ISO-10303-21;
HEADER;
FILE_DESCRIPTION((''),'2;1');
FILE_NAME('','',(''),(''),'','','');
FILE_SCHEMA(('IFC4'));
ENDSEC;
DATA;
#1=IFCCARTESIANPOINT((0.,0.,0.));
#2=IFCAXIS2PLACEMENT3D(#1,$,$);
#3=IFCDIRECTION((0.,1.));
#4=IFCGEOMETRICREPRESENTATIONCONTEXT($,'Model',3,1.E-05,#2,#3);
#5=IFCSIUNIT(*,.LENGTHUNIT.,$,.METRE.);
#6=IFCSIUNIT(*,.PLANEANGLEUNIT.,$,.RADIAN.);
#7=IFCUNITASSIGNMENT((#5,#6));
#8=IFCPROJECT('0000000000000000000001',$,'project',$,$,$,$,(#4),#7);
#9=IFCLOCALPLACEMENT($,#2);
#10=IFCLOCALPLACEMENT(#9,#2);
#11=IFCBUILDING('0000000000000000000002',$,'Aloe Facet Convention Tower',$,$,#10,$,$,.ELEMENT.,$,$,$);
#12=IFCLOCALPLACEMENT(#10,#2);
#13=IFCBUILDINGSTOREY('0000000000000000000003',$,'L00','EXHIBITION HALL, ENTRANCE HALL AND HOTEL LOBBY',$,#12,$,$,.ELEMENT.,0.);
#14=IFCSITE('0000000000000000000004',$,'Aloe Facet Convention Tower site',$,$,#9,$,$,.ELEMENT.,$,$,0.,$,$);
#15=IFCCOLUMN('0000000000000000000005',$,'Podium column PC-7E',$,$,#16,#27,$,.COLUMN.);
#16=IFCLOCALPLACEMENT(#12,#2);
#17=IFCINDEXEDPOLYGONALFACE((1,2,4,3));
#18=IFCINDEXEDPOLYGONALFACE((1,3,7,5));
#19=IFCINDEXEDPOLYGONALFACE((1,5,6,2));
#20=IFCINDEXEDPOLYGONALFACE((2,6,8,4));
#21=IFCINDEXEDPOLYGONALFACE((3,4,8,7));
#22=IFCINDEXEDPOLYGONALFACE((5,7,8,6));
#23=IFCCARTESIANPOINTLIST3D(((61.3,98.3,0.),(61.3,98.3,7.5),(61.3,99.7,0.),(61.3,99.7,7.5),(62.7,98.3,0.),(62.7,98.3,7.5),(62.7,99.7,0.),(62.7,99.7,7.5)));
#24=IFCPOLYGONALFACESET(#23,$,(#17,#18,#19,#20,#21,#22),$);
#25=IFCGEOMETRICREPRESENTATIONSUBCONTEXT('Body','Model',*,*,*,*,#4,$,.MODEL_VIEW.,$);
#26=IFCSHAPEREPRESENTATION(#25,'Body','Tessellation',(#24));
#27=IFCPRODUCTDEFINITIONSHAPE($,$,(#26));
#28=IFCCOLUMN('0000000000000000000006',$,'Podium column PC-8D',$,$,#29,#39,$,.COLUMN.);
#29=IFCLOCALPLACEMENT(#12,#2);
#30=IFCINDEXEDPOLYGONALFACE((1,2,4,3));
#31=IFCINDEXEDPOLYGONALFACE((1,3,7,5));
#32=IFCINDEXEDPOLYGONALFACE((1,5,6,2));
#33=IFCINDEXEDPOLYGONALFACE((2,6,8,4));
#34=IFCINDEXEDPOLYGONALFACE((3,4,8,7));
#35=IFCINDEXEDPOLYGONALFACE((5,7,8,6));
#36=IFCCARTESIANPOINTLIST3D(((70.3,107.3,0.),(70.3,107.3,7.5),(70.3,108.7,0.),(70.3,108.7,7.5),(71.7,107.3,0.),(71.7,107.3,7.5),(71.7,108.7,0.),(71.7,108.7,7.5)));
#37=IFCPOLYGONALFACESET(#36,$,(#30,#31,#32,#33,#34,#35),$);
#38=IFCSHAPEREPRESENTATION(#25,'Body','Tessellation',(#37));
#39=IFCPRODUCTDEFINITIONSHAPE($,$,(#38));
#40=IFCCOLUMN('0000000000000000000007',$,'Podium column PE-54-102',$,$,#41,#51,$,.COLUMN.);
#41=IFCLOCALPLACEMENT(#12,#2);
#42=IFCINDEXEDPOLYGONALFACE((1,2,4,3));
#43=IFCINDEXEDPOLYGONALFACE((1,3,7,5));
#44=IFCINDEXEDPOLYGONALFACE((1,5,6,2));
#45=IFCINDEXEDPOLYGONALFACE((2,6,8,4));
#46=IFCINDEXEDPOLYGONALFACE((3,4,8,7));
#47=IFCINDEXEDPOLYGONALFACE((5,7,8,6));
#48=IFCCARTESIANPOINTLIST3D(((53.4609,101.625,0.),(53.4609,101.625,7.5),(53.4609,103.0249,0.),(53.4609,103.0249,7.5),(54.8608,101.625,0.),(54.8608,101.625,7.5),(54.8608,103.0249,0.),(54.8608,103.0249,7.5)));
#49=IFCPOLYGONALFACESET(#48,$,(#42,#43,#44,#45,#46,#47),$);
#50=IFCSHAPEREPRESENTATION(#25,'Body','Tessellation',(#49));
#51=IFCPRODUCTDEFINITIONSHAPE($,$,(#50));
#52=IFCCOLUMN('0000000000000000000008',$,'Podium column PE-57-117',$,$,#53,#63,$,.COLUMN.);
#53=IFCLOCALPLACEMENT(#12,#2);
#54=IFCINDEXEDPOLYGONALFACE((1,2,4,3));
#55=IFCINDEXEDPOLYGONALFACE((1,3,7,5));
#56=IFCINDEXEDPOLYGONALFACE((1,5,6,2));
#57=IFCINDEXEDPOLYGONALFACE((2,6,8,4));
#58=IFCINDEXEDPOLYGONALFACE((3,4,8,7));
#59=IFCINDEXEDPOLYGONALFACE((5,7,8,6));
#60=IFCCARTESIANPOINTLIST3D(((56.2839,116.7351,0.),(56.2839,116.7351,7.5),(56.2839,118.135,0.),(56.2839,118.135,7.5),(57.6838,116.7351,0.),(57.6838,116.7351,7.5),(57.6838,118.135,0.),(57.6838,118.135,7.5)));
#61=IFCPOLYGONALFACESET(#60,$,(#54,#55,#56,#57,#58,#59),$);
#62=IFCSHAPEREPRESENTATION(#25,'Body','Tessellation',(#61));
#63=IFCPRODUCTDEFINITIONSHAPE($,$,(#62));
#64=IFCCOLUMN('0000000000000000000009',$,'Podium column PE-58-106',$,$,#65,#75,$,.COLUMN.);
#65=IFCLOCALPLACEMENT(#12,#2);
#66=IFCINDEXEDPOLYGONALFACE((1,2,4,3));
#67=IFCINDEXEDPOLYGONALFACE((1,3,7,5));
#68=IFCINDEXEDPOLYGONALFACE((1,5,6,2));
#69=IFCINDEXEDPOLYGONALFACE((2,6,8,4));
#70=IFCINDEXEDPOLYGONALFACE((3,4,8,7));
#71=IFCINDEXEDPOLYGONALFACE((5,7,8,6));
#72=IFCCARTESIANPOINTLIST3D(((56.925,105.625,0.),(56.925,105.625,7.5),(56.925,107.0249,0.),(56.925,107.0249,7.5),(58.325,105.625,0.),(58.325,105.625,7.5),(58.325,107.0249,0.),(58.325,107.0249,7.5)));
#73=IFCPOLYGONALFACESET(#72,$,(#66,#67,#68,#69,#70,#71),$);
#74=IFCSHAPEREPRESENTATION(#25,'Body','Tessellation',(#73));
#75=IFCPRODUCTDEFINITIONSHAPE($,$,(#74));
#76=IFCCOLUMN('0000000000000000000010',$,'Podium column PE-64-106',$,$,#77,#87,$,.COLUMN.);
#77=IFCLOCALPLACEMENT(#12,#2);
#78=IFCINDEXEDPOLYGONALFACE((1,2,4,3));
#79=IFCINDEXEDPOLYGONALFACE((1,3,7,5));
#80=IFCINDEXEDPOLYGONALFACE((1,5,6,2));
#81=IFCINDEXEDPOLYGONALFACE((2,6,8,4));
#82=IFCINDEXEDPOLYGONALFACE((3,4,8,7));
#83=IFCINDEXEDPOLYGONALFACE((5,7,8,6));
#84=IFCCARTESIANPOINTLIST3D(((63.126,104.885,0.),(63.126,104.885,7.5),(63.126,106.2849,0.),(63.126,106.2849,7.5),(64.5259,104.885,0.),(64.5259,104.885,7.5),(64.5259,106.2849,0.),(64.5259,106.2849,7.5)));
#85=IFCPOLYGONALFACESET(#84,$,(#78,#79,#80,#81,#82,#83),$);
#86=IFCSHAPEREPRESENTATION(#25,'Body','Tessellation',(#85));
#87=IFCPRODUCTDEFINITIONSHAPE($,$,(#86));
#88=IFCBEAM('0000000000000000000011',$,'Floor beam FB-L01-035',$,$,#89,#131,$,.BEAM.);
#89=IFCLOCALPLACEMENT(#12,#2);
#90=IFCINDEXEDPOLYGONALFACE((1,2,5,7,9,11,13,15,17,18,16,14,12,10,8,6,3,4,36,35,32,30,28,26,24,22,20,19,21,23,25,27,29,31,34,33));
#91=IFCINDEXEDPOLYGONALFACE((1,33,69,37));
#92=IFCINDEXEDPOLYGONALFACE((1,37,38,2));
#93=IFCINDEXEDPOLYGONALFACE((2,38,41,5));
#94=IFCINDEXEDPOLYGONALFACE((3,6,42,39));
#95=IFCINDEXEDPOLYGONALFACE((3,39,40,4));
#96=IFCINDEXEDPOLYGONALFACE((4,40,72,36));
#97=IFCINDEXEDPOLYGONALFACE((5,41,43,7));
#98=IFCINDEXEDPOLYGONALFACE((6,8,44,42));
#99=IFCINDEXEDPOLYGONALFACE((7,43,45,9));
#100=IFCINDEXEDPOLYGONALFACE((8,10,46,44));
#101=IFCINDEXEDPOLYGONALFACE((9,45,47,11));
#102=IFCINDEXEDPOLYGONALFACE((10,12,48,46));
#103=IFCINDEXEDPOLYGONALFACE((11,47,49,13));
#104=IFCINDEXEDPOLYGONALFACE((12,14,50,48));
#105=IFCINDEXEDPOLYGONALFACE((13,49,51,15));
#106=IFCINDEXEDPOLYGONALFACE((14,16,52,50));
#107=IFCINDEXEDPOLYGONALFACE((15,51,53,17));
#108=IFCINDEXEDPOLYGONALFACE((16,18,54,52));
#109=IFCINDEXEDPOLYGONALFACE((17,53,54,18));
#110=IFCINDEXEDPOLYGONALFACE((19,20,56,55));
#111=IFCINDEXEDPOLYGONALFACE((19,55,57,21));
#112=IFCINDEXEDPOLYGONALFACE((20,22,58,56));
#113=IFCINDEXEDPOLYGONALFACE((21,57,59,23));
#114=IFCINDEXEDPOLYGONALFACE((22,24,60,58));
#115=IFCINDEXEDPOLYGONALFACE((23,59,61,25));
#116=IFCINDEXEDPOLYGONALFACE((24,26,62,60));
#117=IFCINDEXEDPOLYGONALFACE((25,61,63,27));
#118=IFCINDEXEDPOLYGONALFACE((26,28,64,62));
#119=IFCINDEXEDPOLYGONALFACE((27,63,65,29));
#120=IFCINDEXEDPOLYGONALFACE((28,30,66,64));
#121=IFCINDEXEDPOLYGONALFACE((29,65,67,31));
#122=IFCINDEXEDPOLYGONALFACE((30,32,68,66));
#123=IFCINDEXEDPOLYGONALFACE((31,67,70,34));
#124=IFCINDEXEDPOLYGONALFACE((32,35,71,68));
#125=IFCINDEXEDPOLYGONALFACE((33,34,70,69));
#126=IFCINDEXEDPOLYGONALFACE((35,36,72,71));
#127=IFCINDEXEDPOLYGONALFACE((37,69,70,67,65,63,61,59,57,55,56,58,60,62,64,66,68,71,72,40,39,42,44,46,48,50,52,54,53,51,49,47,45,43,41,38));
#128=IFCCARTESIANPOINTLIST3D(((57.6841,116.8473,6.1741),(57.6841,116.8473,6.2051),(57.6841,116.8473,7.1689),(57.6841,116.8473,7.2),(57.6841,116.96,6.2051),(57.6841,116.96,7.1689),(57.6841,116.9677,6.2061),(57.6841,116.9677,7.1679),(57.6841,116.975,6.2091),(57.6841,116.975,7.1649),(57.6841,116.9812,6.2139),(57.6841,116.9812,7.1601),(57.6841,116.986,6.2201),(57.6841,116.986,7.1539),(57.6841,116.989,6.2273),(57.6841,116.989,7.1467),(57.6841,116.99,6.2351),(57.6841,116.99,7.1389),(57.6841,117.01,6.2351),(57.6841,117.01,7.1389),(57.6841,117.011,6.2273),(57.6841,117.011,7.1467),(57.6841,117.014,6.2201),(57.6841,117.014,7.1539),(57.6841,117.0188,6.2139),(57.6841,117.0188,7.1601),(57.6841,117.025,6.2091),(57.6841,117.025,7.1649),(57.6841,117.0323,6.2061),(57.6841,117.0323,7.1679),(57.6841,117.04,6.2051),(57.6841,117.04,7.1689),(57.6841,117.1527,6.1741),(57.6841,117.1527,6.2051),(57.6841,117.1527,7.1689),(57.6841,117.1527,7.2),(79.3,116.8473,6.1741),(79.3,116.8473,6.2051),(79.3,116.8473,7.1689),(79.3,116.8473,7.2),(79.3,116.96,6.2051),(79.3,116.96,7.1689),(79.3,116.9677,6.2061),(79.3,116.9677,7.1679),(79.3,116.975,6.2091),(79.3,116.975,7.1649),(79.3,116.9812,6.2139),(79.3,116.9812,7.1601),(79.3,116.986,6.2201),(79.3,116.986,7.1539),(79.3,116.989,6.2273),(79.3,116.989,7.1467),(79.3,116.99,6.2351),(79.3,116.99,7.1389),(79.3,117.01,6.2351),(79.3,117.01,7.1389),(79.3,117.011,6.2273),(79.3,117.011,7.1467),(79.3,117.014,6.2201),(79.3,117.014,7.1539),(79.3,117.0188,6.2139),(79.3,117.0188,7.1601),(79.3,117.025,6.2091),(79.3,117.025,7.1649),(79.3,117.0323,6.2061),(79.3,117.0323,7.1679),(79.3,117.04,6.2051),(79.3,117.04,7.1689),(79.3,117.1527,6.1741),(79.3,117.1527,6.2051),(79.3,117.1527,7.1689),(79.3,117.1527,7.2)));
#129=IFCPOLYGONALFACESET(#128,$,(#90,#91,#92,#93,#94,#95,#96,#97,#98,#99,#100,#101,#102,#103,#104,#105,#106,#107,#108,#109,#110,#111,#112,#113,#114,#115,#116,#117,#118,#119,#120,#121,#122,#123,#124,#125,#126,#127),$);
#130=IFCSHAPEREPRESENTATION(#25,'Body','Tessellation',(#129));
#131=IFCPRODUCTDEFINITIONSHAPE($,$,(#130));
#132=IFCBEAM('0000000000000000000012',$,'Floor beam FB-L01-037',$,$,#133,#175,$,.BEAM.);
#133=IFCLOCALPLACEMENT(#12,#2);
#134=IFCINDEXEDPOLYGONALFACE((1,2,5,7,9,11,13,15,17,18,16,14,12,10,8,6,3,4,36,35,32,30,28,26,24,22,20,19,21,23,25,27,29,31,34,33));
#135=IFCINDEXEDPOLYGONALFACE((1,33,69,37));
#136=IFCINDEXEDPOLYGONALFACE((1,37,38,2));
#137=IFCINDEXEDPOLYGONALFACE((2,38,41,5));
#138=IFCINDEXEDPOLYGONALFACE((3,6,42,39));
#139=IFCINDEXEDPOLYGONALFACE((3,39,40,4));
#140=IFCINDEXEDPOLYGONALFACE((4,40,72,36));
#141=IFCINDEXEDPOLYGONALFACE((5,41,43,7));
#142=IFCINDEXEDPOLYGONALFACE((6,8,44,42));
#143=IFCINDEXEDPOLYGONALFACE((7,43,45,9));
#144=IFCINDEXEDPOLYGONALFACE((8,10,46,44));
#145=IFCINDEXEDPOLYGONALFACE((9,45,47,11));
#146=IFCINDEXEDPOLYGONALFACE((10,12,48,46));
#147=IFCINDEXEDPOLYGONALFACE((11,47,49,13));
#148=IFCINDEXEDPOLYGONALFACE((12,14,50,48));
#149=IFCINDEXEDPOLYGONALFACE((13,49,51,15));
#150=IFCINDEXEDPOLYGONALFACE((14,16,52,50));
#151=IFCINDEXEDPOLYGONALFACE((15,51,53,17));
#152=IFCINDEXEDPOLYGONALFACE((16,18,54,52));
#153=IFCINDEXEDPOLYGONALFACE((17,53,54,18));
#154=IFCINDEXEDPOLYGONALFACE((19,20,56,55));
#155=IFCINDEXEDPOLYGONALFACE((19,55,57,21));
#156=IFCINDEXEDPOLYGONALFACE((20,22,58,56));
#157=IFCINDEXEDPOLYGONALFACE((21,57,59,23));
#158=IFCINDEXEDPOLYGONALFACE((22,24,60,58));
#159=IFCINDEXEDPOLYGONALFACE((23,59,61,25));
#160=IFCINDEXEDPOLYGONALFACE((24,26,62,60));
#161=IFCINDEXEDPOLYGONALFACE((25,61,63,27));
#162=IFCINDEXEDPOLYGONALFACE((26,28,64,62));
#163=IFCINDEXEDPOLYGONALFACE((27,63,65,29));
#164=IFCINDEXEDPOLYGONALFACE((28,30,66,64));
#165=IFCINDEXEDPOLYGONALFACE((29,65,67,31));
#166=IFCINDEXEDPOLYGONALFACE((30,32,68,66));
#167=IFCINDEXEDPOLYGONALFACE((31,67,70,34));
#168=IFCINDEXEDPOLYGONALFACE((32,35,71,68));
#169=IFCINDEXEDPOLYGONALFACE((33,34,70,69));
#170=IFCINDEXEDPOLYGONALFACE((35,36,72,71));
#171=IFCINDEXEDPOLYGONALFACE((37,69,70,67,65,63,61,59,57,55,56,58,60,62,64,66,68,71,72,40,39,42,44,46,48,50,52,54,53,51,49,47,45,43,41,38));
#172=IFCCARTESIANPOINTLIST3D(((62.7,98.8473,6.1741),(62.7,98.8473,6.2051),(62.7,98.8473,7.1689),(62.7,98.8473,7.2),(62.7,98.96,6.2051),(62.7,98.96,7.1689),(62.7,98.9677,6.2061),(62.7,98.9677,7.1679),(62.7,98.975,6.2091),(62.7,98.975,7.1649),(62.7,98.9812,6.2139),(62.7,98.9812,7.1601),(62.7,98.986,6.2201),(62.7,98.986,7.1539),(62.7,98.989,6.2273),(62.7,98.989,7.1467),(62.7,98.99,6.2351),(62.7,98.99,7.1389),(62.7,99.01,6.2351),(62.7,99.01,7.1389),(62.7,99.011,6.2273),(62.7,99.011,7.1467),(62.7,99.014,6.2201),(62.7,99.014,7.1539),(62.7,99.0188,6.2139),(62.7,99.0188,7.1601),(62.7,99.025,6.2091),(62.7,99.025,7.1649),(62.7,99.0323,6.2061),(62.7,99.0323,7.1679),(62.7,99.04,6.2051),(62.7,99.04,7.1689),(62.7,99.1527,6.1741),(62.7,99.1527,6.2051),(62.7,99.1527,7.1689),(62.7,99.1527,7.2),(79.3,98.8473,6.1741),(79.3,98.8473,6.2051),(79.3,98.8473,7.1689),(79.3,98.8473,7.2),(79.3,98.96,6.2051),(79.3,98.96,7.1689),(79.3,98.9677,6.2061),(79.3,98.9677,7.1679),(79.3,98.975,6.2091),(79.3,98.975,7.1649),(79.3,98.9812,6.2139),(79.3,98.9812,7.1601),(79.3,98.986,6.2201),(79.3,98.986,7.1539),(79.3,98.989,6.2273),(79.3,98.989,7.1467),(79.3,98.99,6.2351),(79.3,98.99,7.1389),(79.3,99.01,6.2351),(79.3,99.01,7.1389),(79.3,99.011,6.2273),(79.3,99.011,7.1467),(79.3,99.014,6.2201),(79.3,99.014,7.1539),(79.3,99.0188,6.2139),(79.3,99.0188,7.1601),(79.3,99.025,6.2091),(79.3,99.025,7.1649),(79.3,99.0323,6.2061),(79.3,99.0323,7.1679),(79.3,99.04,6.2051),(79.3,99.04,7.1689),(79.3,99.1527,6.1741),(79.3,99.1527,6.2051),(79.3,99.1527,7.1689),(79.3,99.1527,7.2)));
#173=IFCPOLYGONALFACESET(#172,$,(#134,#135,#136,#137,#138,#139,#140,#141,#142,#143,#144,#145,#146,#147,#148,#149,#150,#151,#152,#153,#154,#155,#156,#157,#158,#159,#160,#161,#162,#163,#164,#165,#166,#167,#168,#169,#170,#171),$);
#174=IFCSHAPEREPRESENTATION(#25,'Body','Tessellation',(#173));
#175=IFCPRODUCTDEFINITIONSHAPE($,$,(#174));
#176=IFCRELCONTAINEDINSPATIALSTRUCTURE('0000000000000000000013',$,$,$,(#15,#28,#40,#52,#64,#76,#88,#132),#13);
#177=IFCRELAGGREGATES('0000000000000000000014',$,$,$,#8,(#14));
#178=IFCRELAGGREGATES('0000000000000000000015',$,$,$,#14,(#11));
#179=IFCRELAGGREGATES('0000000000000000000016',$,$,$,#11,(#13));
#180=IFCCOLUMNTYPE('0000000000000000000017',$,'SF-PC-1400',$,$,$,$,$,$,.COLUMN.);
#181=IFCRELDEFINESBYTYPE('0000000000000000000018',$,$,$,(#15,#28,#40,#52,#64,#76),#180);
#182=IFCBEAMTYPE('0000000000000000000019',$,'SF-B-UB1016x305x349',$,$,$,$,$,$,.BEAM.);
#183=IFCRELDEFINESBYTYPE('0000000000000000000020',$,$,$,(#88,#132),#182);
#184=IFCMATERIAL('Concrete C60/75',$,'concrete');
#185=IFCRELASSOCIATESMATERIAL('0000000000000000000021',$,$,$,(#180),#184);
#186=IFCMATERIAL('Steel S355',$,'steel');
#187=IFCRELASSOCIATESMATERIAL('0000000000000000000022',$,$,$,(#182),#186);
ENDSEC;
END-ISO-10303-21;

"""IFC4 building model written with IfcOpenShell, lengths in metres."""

from ifc_helpers import new_model, si_unit, direction, frame, origin, origin_2d, place, context, subcontext, project, spatial, rectangle, i_section, extrude, material, material_profile, profile_set, type_object, element, save


model = new_model("IFC4")

# Units and contexts
model_context = context("Model", 3, precision=1e-05, world=origin(), true_north=direction((0.0, 1.0)))
body_context = subcontext(model_context, "Body", "Model", "MODEL_VIEW")
ifc_project = project(units=[si_unit("LENGTHUNIT", "METRE"), si_unit("PLANEANGLEUNIT", "RADIAN")], contexts=[model_context])

# Site, building, storey
site_placement = place(None, origin())
site = spatial("IfcSite", under=ifc_project, at=site_placement, Name="Aloe Facet Convention Tower site", CompositionType="ELEMENT", RefElevation=0.0)
building_placement = place(site_placement, origin())
building = spatial("IfcBuilding", under=site, at=building_placement, Name="Aloe Facet Convention Tower", CompositionType="ELEMENT")
storey_placement = place(building_placement, origin())
storey = spatial("IfcBuildingStorey", under=building, at=storey_placement, Name="L00", Description="EXHIBITION HALL, ENTRANCE HALL AND HOTEL LOBBY", CompositionType="ELEMENT", Elevation=0.0)

# Columns
ifc_material_1 = material(Name="Concrete C60/75", Category="concrete")
ifc_material_profile_1 = material_profile(ifc_material_1, rectangle(XDim=1.3999, YDim=1.3999, at=origin_2d()), Name="SF-PC-1400")
ifc_profile_set_1 = profile_set([ifc_material_profile_1], Name="Concrete C60/75")
column_type = type_object("IfcColumnType", Name="SF-PC-1400", PredefinedType="COLUMN", material=ifc_profile_set_1)
for number, where, z_axis, x_axis, name in (
    (1, (62.0, 99.0, 0.0), (0.0, 0.0, 1.0), (1.0, 0.0, 0.0), "Podium column PC-7E"),
    (2, (71.0, 108.0, 0.0), (0.0, 0.0, 1.0), (1.0, 0.0, 0.0), "Podium column PC-8D"),
    (3, (54.1609, 102.325, 0.0), (0.0, 0.0, 1.0), (1.0, 0.0, 0.0), "Podium column PE-54-102"),
    (4, (56.9839, 117.4351, 0.0), (0.0, 0.0, 1.0), (1.0, 0.0, 0.0), "Podium column PE-57-117"),
    (5, (57.625, 106.325, 0.0), (0.0, 0.0, 1.0), (1.0, 0.0, 0.0), "Podium column PE-58-106"),
    (6, (63.8259, 105.585, 0.0), (0.0, 0.0, 1.0), (1.0, 0.0, 0.0), "Podium column PE-64-106"),
):
    element("IfcColumn", number, at=place(storey_placement, frame(where, z_axis=z_axis, x_axis=x_axis)), inside=storey, type_object=column_type, Name=name, PredefinedType="COLUMN", context=body_context, shape_type="SweptSolid", body=[
        extrude(rectangle(XDim=1.3999, YDim=1.3999, at=origin_2d()), origin(), (0.0, 0.0, 1.0), 7.5),
    ])

# Beams
ifc_material_2 = material(Name="Steel S355", Category="steel")
ifc_material_profile_2 = material_profile(ifc_material_2, i_section(OverallWidth=0.3054, OverallDepth=1.0259, WebThickness=0.02, FlangeThickness=0.031, FilletRadius=0.03, at=origin_2d()), Name="UB 1016x305x349")
ifc_profile_set_2 = profile_set([ifc_material_profile_2], Name="Steel S355")
beam_type_1 = type_object("IfcBeamType", Name="SF-B-UB1016x305x349", PredefinedType="BEAM", material=ifc_profile_set_2)
beam_1_placement = place(storey_placement, frame((57.6841, 117.0, 6.687), z_axis=(1.0, 0.0, 0.0), x_axis=(0.0, 1.0, 0.0)))
element("IfcBeam", 7, at=beam_1_placement, inside=storey, type_object=beam_type_1, Name="Floor beam FB-L01-035", PredefinedType="BEAM", context=body_context, shape_type="SweptSolid", body=[
    extrude(i_section(OverallWidth=0.3054, OverallDepth=1.0259, WebThickness=0.02, FlangeThickness=0.031, FilletRadius=0.03, at=origin_2d()), origin(), (0.0, 0.0, 1.0), 21.616),
])
beam_2_placement = place(storey_placement, frame((62.7, 99.0, 6.687), z_axis=(1.0, 0.0, 0.0), x_axis=(0.0, 1.0, 0.0)))
element("IfcBeam", 8, at=beam_2_placement, inside=storey, type_object=beam_type_1, Name="Floor beam FB-L01-037", PredefinedType="BEAM", context=body_context, shape_type="SweptSolid", body=[
    extrude(i_section(OverallWidth=0.3054, OverallDepth=1.0259, WebThickness=0.02, FlangeThickness=0.031, FilletRadius=0.03, at=origin_2d()), origin(), (0.0, 0.0, 1.0), 16.6001),
])

save(model, "model.ifc")
